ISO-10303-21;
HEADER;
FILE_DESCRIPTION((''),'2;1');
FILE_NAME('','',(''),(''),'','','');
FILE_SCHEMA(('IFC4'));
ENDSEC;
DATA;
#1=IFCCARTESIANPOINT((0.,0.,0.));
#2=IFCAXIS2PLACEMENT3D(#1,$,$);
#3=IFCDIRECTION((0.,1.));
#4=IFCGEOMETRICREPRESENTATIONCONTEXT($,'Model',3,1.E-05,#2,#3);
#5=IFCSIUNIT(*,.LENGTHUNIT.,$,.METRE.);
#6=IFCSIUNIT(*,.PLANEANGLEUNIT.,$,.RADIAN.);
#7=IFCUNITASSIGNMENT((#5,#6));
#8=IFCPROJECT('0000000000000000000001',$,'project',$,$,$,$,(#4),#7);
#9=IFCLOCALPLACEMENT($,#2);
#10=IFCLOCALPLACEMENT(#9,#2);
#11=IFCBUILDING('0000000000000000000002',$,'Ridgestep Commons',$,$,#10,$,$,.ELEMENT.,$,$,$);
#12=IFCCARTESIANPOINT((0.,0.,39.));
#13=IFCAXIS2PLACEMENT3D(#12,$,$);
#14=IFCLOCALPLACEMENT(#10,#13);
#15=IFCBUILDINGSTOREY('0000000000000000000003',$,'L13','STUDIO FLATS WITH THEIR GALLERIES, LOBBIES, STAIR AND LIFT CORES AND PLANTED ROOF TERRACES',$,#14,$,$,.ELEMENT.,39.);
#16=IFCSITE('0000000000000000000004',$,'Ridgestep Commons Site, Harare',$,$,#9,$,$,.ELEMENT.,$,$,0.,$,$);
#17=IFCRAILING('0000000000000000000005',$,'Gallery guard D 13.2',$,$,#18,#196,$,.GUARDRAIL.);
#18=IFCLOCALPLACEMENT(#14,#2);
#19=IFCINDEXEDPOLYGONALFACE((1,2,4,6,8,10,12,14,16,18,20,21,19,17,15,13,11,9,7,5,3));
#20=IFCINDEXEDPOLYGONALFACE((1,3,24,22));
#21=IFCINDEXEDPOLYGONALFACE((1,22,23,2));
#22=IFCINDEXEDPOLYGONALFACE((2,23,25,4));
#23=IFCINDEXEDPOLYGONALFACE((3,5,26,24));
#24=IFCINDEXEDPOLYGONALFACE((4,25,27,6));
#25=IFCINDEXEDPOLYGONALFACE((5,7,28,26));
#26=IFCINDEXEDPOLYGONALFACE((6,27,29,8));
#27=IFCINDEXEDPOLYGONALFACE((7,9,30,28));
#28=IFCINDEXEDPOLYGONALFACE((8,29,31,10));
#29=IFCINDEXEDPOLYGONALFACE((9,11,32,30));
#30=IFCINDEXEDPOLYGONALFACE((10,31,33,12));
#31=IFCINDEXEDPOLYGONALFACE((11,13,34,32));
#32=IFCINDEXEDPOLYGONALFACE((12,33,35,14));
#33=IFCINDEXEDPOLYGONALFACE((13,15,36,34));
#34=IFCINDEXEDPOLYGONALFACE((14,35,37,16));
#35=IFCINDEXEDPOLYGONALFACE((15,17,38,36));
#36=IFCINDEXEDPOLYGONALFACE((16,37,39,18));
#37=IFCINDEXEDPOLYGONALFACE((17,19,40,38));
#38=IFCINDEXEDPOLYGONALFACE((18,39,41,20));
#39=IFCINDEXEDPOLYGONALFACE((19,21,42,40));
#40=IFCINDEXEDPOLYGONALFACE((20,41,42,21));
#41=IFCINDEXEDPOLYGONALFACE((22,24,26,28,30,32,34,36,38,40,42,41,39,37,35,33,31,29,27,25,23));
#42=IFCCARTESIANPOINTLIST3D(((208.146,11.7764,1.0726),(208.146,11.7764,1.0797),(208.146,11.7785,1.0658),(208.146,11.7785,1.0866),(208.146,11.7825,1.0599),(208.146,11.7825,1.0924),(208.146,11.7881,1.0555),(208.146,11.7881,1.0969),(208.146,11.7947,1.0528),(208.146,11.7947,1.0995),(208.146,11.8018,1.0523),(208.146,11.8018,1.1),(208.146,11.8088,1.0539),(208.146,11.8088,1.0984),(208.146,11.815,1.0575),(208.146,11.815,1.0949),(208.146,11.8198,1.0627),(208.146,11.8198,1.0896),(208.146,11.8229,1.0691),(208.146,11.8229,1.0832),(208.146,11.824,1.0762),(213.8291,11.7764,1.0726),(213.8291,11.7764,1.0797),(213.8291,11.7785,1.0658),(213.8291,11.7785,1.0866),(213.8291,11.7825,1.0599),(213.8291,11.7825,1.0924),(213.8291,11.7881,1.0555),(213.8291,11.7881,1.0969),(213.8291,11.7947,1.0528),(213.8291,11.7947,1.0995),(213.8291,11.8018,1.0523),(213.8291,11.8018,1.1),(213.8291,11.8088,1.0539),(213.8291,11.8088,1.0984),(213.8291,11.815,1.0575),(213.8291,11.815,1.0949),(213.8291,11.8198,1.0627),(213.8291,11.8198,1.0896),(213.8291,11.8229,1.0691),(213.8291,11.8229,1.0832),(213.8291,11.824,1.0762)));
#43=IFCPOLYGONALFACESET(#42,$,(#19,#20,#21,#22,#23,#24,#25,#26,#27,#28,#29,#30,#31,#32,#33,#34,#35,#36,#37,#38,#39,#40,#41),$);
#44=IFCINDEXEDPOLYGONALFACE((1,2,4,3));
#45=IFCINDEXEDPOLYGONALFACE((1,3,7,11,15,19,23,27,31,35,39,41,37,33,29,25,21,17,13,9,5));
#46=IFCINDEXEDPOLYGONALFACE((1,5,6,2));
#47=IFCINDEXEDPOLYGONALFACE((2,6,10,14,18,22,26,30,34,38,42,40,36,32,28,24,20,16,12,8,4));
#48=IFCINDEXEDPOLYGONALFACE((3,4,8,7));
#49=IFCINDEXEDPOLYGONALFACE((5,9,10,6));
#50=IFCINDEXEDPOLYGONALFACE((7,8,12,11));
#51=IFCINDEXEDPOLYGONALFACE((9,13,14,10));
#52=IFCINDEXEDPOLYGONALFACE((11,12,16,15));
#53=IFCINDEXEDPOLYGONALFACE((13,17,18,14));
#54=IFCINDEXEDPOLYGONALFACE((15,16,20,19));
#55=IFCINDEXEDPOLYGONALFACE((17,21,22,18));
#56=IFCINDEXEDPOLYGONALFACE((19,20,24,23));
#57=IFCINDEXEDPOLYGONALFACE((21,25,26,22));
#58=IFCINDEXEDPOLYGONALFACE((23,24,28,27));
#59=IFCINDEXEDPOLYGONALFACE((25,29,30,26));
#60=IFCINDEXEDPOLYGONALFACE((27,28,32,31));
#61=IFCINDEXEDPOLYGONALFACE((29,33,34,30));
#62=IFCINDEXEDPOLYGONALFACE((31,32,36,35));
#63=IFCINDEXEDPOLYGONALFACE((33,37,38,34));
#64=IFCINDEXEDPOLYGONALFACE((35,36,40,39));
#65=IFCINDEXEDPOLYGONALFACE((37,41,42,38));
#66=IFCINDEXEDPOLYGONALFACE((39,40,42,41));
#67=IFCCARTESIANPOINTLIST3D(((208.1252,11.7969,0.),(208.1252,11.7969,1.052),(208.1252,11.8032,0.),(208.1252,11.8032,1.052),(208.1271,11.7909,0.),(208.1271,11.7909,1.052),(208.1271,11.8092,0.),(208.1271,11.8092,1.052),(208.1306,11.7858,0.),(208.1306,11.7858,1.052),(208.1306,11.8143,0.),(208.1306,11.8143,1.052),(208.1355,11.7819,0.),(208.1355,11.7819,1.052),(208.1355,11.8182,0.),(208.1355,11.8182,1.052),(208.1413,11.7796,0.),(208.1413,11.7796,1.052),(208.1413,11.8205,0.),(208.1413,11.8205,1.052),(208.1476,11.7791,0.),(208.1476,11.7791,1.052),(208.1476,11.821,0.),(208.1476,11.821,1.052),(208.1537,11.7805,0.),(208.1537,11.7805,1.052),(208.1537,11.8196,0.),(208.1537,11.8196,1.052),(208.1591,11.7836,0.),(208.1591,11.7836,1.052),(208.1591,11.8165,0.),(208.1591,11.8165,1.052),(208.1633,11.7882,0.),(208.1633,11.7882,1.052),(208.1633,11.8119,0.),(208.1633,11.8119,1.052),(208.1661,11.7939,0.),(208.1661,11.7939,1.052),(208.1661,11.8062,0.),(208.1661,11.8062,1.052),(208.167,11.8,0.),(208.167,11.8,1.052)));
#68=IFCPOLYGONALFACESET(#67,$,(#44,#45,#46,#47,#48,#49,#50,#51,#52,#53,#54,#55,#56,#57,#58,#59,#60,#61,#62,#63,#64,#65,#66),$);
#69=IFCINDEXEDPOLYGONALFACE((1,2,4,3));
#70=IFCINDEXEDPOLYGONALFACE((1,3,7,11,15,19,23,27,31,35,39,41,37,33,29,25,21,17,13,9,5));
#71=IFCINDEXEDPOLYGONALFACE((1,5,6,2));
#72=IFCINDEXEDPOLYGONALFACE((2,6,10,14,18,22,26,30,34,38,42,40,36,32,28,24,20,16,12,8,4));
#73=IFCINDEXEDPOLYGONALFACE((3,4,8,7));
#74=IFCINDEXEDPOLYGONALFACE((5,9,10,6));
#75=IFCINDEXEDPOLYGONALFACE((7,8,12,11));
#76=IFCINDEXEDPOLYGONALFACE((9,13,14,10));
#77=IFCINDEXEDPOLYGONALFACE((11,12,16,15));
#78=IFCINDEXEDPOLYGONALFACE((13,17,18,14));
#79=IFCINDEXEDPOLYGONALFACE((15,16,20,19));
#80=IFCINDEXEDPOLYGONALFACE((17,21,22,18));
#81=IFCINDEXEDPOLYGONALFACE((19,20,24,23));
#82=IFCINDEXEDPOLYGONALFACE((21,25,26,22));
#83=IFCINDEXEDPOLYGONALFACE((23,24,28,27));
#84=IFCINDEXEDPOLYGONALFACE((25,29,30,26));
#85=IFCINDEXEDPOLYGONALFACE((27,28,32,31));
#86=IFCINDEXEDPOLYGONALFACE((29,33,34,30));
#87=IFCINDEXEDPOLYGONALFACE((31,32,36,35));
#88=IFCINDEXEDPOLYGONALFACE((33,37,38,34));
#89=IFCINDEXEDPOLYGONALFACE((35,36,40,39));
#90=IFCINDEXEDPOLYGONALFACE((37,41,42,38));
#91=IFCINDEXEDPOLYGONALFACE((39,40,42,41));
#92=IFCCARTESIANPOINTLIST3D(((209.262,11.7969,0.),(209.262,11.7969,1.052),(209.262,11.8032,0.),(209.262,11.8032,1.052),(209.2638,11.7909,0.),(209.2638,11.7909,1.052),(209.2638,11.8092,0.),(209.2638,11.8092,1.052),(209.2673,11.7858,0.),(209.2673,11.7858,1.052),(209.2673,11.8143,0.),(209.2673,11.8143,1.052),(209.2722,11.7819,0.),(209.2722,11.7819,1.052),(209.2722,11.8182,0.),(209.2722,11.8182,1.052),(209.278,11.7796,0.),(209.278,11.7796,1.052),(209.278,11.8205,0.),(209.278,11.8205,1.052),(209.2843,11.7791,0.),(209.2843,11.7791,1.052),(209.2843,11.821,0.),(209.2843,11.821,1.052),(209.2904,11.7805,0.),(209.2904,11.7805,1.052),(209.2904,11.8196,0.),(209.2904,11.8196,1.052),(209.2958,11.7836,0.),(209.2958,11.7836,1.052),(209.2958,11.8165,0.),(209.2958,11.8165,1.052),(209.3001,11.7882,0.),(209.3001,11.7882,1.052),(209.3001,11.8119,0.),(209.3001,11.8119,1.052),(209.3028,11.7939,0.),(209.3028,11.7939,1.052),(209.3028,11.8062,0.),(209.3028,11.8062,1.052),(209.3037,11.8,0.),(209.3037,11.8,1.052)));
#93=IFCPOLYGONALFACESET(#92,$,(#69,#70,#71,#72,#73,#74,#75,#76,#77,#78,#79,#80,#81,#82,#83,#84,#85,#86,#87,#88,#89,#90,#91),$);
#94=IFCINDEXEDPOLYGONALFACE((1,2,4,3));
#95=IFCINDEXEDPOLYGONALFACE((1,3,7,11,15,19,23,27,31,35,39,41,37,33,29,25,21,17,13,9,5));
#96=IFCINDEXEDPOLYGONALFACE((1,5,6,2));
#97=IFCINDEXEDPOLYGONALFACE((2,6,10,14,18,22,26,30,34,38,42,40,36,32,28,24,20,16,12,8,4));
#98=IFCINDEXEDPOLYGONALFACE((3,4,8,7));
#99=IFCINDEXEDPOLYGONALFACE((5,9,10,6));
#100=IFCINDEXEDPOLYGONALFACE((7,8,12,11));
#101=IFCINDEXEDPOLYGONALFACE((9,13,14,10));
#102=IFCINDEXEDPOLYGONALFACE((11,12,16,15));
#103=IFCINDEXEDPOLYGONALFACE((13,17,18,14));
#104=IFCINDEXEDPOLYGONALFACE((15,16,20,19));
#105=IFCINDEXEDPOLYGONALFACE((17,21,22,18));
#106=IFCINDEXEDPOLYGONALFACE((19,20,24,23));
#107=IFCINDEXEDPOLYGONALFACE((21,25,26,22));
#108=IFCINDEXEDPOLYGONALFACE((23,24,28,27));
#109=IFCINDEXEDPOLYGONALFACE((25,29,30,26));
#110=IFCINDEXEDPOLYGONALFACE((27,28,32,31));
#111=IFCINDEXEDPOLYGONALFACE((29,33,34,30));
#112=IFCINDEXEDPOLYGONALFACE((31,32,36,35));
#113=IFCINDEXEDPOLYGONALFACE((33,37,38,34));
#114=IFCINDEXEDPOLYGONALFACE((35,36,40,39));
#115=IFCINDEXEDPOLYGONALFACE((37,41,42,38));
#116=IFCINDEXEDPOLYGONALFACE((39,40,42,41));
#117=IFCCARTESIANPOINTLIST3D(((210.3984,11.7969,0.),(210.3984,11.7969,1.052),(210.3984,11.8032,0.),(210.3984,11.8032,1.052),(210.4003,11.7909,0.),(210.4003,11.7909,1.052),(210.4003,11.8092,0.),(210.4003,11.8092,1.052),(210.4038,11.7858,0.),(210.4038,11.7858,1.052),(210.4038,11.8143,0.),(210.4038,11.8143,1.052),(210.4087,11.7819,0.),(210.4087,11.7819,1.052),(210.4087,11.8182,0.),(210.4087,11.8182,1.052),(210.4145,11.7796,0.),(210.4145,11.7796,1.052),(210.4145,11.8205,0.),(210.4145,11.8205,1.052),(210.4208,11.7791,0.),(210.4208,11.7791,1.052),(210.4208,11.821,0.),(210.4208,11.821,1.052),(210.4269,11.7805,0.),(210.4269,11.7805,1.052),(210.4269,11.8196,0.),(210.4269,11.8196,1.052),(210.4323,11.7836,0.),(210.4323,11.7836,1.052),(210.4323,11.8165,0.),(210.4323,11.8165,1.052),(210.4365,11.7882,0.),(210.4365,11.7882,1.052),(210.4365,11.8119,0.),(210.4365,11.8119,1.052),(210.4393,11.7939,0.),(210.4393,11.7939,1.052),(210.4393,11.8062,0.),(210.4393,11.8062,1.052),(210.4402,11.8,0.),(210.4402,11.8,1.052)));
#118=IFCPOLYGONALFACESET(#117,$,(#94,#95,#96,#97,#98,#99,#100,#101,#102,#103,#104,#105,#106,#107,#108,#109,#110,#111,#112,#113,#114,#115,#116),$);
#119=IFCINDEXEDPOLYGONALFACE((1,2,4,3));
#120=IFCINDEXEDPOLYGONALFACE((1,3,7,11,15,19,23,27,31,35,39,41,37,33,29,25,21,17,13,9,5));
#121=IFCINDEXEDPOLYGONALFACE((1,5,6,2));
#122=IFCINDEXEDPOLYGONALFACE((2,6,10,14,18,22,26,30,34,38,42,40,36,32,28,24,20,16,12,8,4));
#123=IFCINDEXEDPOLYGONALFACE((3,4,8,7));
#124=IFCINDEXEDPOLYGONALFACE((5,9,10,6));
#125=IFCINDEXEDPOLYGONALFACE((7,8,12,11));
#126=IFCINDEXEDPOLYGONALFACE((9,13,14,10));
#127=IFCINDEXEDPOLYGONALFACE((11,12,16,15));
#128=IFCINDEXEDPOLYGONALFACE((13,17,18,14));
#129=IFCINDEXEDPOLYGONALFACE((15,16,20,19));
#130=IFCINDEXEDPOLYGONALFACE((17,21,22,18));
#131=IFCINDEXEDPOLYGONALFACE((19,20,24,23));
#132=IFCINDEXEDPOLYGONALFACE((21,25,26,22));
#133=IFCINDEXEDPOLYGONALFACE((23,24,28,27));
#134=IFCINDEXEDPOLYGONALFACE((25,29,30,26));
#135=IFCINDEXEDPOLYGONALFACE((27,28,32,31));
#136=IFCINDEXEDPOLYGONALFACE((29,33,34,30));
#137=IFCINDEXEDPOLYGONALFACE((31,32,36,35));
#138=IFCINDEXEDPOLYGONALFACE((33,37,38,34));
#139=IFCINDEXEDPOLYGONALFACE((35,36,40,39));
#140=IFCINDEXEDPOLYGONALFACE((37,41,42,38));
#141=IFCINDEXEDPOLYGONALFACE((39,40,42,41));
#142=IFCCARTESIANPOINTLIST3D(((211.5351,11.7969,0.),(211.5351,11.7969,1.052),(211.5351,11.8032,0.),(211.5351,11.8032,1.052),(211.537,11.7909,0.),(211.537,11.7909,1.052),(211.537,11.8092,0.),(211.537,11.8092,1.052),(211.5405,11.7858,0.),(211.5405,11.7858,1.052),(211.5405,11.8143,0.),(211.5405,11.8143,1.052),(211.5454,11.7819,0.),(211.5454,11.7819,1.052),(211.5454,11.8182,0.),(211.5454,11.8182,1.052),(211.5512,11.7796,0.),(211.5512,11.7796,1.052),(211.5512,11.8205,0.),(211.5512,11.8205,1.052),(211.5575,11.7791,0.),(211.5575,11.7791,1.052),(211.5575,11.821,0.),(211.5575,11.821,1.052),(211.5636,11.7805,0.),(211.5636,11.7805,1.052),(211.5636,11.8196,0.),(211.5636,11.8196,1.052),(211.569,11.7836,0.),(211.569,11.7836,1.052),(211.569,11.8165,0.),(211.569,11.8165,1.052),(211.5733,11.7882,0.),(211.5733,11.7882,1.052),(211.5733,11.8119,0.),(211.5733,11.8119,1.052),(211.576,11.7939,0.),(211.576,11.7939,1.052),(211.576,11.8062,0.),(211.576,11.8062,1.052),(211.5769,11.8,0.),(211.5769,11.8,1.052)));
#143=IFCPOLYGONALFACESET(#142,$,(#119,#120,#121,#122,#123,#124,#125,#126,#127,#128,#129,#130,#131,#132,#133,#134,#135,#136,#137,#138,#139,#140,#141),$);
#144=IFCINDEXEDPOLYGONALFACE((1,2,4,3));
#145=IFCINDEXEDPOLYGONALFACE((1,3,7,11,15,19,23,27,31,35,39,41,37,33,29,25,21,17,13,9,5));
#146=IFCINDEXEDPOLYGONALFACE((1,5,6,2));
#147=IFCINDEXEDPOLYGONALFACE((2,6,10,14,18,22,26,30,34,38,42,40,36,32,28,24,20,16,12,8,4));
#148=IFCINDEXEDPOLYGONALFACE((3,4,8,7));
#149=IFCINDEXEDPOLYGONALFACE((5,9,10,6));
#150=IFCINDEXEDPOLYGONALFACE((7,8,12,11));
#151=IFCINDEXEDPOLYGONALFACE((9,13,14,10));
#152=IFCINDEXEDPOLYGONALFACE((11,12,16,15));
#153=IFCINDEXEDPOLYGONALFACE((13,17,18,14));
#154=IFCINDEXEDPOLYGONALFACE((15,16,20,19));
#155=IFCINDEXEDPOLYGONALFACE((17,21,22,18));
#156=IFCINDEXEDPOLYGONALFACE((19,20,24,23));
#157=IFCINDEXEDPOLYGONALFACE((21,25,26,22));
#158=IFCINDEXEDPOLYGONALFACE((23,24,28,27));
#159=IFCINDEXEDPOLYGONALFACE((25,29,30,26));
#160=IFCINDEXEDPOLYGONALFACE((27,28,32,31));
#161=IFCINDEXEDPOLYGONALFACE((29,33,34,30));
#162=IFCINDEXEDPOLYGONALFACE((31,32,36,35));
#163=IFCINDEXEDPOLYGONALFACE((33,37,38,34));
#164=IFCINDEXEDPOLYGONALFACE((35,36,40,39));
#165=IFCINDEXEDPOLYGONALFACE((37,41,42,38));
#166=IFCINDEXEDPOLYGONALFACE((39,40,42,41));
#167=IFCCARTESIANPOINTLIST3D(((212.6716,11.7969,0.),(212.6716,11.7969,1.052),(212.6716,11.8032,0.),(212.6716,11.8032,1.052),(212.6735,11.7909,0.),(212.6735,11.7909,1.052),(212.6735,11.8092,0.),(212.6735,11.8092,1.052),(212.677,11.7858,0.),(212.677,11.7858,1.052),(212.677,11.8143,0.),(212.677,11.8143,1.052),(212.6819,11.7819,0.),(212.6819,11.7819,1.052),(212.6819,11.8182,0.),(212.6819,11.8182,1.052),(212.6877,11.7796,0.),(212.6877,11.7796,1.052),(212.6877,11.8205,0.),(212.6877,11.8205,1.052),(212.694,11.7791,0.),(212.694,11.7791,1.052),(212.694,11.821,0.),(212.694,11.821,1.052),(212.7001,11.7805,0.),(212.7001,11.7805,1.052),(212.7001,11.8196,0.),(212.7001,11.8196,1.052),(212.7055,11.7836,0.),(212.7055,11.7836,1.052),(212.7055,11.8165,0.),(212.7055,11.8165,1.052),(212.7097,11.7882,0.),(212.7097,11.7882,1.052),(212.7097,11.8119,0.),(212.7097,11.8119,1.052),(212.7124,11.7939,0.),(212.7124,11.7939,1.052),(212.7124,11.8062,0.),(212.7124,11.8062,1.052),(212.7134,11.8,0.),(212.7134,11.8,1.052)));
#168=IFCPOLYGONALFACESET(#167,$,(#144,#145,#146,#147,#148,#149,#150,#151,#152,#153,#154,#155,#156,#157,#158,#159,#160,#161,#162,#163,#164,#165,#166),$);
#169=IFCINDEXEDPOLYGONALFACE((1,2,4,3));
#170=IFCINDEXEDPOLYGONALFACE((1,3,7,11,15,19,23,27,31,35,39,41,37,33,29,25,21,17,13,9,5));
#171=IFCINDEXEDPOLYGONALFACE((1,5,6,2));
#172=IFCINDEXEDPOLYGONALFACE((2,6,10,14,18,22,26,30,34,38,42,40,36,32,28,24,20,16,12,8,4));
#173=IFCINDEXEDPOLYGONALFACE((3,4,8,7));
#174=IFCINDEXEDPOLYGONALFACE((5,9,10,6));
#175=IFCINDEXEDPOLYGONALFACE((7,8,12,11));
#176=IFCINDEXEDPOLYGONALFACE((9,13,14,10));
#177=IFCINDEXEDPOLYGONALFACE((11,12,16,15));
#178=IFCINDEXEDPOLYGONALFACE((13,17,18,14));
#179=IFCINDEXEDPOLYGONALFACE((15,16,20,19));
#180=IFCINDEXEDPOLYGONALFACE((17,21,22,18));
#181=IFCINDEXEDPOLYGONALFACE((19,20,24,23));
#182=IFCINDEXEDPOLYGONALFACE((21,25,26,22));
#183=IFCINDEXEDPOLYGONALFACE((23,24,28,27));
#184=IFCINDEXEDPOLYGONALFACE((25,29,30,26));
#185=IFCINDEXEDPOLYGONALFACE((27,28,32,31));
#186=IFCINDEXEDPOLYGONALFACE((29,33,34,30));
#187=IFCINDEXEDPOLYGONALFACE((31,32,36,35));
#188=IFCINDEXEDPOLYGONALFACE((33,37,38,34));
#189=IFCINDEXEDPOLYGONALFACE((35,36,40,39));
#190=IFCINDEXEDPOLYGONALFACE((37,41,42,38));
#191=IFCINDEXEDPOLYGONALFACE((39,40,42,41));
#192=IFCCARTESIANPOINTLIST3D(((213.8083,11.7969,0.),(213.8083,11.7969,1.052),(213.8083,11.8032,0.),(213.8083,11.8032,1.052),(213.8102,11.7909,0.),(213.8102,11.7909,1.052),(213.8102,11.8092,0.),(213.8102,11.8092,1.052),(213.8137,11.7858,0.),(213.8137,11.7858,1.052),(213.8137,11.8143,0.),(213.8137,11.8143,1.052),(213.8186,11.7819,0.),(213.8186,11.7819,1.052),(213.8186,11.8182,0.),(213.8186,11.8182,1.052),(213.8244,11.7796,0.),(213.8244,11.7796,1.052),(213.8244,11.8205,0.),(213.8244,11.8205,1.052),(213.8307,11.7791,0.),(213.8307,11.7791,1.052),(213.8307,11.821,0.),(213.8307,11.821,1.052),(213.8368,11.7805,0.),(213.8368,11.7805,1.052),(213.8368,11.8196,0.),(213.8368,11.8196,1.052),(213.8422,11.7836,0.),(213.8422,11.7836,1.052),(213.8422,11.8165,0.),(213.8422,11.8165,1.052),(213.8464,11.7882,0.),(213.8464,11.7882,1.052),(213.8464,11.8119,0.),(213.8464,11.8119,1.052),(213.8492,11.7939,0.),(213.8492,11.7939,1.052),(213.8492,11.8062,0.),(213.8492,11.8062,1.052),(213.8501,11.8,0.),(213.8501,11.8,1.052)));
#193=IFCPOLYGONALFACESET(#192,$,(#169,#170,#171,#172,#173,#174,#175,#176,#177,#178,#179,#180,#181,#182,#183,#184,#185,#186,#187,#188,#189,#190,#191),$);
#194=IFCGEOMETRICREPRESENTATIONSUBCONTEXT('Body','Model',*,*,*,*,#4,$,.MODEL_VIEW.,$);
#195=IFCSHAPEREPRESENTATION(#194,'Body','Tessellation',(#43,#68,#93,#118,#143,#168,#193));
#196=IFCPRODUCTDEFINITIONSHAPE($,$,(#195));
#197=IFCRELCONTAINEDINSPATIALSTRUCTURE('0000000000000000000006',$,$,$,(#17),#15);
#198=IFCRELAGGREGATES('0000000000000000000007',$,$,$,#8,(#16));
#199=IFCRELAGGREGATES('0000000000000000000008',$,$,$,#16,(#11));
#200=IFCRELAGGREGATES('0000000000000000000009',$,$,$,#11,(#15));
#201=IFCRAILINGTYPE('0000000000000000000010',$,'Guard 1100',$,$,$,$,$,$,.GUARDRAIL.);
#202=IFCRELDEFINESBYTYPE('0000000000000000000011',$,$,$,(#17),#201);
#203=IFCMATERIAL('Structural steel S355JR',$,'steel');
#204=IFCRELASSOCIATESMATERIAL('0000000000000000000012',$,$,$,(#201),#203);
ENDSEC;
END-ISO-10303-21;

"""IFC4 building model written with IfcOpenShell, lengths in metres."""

from ifc_helpers import new_model, si_unit, direction, frame, origin, origin_2d, place, context, subcontext, project, spatial, circle, extrude, material, type_object, element, save


model = new_model("IFC4")

# Units and contexts
model_context = context("Model", 3, precision=1e-05, world=origin(), true_north=direction((0.0, 1.0)))
body_context = subcontext(model_context, "Body", "Model", "MODEL_VIEW")
ifc_project = project(units=[si_unit("LENGTHUNIT", "METRE"), si_unit("PLANEANGLEUNIT", "RADIAN")], contexts=[model_context])

# Site, building, storey
site_placement = place(None, origin())
site = spatial("IfcSite", under=ifc_project, at=site_placement, Name="Ridgestep Commons Site, Harare", CompositionType="ELEMENT", RefElevation=0.0)
building_placement = place(site_placement, origin())
building = spatial("IfcBuilding", under=site, at=building_placement, Name="Ridgestep Commons", CompositionType="ELEMENT")
storey_placement = place(building_placement, frame((0.0, 0.0, 39.0)))
storey = spatial("IfcBuildingStorey", under=building, at=storey_placement, Name="L13", Description="STUDIO FLATS WITH THEIR GALLERIES, LOBBIES, STAIR AND LIFT CORES AND PLANTED ROOF TERRACES", CompositionType="ELEMENT", Elevation=39.0)

# Railing
ifc_material_1 = material(Name="Structural steel S355JR", Category="steel")
railing_type_1 = type_object("IfcRailingType", Name="Guard 1100", PredefinedType="GUARDRAIL", material=ifc_material_1)
railing_1_placement = place(storey_placement, frame((208.146, 11.8, 0.0)))
element("IfcRailing", 1, at=railing_1_placement, inside=storey, type_object=railing_type_1, Name="Gallery guard D 13.2", PredefinedType="GUARDRAIL", context=body_context, shape_type="SweptSolid", body=[
    extrude(circle(Radius=0.0239, at=origin_2d()), frame((0.0, 0.0, 1.0762), z_axis=(1.0, 0.0, 0.0), x_axis=(0.0, 1.0, 0.0)), (0.0, 0.0, 1.0), 5.6831),
    extrude(circle(Radius=0.021, at=origin_2d()), origin(), (0.0, 0.0, 1.0), 1.052),
    extrude(circle(Radius=0.021, at=origin_2d()), frame((1.1367, 0.0, 0.0)), (0.0, 0.0, 1.0), 1.052),
    extrude(circle(Radius=0.021, at=origin_2d()), frame((2.2732, 0.0, 0.0)), (0.0, 0.0, 1.0), 1.052),
    extrude(circle(Radius=0.021, at=origin_2d()), frame((3.4099, 0.0, 0.0)), (0.0, 0.0, 1.0), 1.052),
    extrude(circle(Radius=0.021, at=origin_2d()), frame((4.5464, 0.0, 0.0)), (0.0, 0.0, 1.0), 1.052),
    extrude(circle(Radius=0.021, at=origin_2d()), frame((5.6831, 0.0, 0.0)), (0.0, 0.0, 1.0), 1.052),
])

save(model, "model.ifc")
